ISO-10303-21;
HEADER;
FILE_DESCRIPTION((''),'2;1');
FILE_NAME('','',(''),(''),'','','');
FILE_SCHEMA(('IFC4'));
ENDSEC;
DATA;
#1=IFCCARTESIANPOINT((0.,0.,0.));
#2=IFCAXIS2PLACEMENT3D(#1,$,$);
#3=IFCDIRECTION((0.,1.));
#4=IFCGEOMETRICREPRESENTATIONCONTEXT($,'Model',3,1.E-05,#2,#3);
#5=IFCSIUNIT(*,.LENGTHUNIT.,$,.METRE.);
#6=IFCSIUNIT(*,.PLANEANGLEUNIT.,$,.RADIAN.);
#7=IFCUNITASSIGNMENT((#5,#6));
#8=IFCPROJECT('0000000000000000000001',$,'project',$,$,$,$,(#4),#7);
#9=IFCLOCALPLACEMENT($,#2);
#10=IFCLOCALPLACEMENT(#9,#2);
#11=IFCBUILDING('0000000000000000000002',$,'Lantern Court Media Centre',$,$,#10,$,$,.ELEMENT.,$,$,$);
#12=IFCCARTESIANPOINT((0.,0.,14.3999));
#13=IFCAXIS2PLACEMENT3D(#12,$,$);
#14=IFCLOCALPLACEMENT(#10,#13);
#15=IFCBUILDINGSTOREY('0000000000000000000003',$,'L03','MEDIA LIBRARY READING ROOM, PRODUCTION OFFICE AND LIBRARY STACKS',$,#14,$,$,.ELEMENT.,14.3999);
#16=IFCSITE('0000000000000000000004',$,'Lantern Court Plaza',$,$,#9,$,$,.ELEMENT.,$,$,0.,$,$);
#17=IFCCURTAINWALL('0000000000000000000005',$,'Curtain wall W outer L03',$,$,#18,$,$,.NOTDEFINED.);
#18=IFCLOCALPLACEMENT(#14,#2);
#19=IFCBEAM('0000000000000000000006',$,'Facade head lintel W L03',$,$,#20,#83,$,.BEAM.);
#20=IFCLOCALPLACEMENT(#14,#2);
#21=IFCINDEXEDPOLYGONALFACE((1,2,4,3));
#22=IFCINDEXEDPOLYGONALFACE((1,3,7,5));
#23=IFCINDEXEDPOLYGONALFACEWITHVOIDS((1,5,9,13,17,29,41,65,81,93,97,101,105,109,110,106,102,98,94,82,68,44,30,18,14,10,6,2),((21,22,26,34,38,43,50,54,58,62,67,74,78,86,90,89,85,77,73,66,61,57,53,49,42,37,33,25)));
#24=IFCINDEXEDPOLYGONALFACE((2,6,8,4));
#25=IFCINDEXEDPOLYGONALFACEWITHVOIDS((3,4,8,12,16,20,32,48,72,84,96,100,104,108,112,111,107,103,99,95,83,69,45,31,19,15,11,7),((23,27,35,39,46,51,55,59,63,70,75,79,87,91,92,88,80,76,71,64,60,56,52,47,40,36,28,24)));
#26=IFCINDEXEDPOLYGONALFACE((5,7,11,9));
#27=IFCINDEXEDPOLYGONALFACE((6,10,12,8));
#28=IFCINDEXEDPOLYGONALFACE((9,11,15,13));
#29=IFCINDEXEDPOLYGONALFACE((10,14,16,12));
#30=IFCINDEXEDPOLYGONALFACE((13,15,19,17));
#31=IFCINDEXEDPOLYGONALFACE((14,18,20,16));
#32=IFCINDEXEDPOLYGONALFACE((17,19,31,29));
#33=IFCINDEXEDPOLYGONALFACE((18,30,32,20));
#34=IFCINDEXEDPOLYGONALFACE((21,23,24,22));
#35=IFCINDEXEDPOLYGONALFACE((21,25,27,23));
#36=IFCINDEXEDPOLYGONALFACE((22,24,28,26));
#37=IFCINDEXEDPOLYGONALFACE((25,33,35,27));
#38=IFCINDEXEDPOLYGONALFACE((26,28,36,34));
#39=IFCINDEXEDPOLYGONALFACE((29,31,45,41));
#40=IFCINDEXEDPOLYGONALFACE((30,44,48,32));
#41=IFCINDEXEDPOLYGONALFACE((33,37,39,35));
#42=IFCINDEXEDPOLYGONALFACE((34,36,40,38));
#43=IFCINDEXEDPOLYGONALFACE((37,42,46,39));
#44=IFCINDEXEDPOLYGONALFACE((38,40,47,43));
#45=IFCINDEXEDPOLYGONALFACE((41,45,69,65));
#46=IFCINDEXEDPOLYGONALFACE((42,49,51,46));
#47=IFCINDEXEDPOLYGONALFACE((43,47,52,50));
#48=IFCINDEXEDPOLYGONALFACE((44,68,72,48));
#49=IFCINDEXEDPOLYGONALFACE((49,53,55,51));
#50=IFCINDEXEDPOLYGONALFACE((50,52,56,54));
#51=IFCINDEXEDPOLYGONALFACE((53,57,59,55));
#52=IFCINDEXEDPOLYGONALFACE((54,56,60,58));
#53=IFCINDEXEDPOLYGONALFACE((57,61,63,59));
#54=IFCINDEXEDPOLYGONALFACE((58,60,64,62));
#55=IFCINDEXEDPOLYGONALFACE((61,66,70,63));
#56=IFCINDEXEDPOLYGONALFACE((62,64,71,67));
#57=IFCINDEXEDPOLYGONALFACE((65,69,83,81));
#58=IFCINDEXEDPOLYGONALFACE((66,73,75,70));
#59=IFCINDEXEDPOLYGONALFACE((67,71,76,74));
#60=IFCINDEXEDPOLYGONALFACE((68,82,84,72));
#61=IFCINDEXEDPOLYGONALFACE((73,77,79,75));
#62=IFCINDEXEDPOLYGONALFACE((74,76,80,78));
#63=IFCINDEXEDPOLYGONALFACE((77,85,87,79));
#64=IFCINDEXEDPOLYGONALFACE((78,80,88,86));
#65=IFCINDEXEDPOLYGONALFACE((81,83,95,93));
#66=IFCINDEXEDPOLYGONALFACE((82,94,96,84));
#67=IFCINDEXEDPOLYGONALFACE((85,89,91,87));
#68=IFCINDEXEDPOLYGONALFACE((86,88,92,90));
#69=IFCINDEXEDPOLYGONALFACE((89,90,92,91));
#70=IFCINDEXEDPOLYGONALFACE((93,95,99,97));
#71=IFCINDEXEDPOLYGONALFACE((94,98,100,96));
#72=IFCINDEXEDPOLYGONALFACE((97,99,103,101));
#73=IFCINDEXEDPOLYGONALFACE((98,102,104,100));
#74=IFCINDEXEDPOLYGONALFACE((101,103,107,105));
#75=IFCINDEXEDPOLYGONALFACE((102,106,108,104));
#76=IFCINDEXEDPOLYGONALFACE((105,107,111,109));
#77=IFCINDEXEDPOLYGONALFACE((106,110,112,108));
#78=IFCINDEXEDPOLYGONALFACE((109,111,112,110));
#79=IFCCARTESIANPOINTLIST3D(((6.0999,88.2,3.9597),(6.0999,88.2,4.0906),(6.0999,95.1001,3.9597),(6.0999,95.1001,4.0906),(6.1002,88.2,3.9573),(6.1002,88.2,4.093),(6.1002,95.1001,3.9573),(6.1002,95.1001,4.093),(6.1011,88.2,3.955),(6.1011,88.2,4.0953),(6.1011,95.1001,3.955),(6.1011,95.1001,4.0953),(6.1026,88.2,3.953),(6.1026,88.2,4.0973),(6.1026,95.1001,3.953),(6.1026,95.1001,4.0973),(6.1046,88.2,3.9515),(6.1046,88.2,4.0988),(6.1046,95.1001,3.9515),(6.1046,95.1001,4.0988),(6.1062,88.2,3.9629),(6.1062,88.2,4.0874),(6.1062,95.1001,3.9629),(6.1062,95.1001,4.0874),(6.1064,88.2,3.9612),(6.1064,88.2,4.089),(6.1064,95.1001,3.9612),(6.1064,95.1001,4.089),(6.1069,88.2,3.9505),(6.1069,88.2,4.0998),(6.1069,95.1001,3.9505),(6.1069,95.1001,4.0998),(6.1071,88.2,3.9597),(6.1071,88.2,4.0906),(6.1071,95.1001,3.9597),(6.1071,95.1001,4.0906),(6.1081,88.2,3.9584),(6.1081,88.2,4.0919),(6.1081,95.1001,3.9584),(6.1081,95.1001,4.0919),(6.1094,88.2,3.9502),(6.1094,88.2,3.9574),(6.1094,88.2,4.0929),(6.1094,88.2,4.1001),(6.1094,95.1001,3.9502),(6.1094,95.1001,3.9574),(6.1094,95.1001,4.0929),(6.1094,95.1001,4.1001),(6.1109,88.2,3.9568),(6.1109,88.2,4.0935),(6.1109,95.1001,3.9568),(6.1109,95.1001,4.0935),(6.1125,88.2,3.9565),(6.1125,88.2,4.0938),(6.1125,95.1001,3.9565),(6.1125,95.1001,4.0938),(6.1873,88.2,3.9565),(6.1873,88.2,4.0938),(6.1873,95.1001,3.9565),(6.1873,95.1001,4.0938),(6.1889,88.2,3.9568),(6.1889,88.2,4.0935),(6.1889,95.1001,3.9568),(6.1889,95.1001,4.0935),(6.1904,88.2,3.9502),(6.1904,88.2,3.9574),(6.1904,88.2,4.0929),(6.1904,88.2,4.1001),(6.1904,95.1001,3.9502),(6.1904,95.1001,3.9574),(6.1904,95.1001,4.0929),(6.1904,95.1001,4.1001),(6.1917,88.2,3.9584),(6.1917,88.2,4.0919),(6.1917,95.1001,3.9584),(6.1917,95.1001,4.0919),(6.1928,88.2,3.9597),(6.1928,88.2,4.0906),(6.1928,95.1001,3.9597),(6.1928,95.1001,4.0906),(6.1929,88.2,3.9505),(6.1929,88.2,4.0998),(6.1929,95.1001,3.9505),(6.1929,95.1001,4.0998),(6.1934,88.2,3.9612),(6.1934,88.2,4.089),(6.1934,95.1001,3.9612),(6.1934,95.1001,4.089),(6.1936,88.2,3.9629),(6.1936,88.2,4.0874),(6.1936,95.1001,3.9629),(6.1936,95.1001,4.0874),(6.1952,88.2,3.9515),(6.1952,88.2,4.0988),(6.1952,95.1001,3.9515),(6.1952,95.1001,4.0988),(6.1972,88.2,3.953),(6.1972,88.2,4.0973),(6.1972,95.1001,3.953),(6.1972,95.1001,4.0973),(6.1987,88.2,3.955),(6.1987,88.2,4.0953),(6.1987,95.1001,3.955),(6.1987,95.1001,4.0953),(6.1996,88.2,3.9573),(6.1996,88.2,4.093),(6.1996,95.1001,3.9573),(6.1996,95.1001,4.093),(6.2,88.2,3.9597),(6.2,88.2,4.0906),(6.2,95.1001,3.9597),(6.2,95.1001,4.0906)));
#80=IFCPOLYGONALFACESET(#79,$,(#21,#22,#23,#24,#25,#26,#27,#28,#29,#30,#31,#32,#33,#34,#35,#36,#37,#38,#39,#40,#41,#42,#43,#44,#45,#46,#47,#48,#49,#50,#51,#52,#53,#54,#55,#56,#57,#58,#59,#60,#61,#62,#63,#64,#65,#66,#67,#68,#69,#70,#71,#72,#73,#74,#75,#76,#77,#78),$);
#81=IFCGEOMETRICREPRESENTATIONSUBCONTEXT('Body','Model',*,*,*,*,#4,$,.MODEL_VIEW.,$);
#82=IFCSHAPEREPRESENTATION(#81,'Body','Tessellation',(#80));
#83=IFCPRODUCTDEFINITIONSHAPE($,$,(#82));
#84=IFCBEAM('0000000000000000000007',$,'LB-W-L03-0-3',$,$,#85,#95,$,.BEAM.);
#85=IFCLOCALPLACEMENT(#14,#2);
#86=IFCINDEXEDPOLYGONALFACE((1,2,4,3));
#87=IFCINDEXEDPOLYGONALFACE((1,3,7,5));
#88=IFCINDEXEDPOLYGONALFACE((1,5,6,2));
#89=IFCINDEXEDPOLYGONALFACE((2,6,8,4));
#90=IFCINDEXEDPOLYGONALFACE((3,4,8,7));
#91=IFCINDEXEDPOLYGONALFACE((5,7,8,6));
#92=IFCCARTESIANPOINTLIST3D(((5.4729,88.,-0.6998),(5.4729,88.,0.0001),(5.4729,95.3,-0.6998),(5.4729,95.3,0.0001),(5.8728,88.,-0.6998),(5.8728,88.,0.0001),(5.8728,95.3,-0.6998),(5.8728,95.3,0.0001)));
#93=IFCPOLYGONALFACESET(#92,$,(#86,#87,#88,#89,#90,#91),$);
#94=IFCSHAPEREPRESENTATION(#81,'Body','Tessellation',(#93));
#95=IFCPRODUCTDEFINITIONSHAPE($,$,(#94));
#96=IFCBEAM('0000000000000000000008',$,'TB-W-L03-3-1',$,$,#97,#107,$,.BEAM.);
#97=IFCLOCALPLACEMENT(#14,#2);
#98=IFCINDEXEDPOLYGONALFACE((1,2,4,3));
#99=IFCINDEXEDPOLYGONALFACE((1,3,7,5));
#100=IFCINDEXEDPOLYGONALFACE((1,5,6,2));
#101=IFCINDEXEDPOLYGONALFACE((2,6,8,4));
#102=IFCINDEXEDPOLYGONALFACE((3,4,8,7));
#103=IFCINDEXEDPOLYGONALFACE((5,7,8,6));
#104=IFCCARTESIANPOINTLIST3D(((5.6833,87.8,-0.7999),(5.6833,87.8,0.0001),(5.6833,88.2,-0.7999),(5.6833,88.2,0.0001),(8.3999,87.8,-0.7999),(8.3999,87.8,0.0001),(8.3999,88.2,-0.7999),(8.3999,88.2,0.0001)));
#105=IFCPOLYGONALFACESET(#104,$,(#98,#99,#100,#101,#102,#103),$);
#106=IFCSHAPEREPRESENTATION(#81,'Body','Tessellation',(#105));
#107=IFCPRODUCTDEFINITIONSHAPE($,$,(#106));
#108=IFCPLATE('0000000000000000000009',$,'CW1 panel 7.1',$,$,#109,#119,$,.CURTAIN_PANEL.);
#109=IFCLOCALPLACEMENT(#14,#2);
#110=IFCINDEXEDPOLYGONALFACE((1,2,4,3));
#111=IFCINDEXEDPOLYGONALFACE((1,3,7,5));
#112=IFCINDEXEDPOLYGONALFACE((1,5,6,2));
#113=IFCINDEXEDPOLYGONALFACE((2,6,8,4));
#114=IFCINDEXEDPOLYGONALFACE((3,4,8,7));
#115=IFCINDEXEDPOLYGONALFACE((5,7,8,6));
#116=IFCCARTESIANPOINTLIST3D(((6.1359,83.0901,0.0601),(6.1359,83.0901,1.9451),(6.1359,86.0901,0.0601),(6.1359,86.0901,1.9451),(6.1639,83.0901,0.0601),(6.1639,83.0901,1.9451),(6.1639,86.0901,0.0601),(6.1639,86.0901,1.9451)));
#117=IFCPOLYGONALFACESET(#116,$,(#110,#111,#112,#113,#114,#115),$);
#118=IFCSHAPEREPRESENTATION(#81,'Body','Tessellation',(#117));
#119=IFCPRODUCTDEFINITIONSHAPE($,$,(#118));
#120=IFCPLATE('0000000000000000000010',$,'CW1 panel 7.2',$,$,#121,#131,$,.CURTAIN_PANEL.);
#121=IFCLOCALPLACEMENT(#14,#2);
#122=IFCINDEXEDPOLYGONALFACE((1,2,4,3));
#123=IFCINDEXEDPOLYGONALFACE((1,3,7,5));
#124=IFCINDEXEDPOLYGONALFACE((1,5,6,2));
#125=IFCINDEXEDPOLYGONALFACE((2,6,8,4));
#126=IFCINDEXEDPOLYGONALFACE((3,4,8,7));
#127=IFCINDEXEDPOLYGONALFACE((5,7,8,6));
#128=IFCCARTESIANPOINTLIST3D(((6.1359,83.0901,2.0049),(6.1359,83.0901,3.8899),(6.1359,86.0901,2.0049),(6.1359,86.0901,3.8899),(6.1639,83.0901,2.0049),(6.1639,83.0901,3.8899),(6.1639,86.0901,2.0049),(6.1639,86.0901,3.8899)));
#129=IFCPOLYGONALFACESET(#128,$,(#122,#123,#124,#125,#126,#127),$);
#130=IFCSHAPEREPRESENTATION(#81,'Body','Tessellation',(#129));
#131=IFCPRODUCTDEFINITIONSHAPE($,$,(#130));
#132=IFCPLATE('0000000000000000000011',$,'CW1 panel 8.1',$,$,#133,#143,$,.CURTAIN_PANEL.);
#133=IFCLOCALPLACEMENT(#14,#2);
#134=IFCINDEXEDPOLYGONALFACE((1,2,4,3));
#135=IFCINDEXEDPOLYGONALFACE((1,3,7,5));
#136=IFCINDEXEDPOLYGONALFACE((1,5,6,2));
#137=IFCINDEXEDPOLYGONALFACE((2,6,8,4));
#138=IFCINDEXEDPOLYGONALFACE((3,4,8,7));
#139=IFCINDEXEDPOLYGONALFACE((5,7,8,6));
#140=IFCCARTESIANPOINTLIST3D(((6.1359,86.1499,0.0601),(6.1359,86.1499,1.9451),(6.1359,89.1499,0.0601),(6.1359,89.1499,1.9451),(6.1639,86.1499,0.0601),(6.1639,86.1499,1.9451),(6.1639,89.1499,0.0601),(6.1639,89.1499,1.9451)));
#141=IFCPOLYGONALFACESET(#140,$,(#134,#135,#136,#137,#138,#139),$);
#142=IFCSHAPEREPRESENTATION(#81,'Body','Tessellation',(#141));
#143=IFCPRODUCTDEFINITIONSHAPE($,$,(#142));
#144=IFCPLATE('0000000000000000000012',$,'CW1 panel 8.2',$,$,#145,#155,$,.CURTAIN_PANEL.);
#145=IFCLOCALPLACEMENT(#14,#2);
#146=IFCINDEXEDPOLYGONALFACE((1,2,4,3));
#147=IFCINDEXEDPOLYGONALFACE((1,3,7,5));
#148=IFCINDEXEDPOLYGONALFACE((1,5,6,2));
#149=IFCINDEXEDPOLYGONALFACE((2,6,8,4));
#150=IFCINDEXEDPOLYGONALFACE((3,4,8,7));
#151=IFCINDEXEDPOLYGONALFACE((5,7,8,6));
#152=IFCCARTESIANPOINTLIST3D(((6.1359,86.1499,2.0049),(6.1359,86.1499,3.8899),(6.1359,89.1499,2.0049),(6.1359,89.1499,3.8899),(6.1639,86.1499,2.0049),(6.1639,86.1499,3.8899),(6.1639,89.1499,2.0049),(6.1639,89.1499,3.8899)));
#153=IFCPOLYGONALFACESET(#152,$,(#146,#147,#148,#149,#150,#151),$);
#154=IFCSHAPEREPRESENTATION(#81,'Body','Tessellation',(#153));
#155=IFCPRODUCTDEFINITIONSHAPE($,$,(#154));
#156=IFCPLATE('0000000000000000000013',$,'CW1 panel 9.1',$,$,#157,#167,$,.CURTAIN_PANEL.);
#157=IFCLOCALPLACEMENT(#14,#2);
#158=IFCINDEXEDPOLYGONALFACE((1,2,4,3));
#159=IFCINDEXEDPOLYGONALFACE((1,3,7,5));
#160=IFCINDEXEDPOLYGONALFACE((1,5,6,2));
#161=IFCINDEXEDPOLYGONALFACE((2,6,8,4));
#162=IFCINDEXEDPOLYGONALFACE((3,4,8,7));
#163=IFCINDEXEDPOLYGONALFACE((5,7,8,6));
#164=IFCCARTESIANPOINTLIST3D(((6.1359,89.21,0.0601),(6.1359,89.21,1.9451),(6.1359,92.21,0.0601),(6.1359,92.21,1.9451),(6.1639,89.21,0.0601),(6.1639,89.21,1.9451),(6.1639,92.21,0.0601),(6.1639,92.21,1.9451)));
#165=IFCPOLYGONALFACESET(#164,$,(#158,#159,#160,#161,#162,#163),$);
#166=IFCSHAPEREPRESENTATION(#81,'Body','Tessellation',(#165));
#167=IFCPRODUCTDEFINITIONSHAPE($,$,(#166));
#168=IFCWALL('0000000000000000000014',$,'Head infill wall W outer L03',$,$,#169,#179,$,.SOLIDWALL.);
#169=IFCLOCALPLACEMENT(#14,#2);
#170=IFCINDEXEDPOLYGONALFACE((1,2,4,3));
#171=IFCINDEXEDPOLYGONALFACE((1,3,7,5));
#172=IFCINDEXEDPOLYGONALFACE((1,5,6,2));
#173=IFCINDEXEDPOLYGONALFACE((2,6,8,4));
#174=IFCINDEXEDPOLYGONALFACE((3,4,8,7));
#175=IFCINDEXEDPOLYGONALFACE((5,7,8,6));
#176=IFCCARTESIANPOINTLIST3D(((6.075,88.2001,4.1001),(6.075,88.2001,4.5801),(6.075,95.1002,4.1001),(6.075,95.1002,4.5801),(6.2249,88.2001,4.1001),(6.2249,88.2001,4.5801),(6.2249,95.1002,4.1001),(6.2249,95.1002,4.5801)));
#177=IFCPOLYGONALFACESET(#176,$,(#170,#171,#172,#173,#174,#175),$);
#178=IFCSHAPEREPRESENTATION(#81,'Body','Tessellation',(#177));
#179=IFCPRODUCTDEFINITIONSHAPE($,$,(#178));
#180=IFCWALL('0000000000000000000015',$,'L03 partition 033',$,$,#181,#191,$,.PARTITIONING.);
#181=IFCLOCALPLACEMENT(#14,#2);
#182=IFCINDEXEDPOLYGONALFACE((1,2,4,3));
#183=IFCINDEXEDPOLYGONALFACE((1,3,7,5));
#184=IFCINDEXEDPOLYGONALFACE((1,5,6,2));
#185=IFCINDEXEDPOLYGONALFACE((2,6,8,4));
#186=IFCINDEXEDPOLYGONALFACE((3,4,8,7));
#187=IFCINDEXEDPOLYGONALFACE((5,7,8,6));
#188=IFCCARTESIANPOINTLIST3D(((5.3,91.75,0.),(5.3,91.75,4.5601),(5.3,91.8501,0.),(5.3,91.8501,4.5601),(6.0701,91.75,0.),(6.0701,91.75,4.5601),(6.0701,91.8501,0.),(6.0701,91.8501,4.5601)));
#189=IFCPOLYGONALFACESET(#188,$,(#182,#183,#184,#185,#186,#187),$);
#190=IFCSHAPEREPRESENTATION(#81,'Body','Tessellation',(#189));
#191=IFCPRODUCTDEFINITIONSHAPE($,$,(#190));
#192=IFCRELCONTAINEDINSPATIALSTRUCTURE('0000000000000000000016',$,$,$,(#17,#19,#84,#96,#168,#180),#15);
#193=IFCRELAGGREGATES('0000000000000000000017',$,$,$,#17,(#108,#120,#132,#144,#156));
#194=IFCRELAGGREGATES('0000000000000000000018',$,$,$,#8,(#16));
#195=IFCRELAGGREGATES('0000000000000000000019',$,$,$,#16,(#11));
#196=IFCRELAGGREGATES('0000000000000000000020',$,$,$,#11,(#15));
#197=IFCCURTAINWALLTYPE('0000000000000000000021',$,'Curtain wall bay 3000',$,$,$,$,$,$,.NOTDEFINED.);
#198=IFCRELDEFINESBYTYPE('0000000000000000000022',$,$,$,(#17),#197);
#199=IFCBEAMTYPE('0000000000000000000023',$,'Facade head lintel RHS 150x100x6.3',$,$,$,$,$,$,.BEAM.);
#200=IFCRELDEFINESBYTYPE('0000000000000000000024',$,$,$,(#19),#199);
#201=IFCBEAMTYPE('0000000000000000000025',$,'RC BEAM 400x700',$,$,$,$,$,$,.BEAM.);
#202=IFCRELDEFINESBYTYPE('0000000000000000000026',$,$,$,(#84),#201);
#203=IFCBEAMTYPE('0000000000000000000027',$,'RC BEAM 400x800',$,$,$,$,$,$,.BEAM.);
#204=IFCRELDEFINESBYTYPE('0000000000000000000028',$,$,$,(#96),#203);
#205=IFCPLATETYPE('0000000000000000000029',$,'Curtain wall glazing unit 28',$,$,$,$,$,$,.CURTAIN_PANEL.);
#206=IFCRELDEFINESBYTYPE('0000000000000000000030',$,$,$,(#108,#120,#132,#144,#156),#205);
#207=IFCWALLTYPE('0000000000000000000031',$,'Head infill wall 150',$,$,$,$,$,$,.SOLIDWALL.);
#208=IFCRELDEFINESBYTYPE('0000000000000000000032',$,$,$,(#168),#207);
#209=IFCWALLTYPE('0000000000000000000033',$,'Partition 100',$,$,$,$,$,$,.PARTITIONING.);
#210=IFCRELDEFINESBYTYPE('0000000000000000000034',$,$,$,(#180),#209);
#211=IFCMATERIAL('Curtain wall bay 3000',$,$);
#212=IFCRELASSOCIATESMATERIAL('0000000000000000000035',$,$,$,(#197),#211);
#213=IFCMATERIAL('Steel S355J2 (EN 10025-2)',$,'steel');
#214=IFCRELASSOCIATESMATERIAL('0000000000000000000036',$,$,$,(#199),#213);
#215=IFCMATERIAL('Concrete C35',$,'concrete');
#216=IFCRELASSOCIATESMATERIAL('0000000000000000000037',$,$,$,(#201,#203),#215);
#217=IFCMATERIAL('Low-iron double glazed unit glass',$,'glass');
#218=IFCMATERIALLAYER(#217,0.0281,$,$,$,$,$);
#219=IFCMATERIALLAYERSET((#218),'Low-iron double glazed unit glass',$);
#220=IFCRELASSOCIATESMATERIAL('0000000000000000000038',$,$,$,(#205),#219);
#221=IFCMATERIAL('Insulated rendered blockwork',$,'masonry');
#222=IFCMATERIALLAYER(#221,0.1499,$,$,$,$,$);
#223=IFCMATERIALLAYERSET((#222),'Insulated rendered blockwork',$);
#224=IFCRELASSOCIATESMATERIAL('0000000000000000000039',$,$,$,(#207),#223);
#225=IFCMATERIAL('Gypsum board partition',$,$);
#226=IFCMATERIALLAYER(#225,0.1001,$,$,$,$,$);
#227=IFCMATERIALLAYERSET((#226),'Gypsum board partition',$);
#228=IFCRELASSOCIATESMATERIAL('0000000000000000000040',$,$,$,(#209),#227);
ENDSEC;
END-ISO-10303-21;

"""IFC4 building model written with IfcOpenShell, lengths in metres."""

from ifc_helpers import new_model, si_unit, direction, frame, frame_2d, origin, origin_2d, place, context, subcontext, project, spatial, rectangle, hollow_rectangle, extrude, material, layer, layer_set, material_profile, profile_set, type_object, element, aggregate, save


model = new_model("IFC4")

# Units and contexts
model_context = context("Model", 3, precision=1e-05, world=origin(), true_north=direction((0.0, 1.0)))
body_context = subcontext(model_context, "Body", "Model", "MODEL_VIEW")
ifc_project = project(units=[si_unit("LENGTHUNIT", "METRE"), si_unit("PLANEANGLEUNIT", "RADIAN")], contexts=[model_context])

# Site, building, storey
site_placement = place(None, origin())
site = spatial("IfcSite", under=ifc_project, at=site_placement, Name="Lantern Court Plaza", CompositionType="ELEMENT", RefElevation=0.0)
building_placement = place(site_placement, origin())
building = spatial("IfcBuilding", under=site, at=building_placement, Name="Lantern Court Media Centre", CompositionType="ELEMENT")
storey_placement = place(building_placement, frame((0.0, 0.0, 14.3999)))
storey = spatial("IfcBuildingStorey", under=building, at=storey_placement, Name="L03", Description="MEDIA LIBRARY READING ROOM, PRODUCTION OFFICE AND LIBRARY STACKS", CompositionType="ELEMENT", Elevation=14.3999)

# Shared definitions
ifc_material_1 = material(Name="Concrete C35", Category="concrete")

# Curtain wall
ifc_material_2 = material(Name="Curtain wall bay 3000")
curtain_wall_type = type_object("IfcCurtainWallType", Name="Curtain wall bay 3000", PredefinedType="NOTDEFINED", material=ifc_material_2)
curtain_wall_placement = place(storey_placement, origin())
curtain_wall = element("IfcCurtainWall", 1, at=curtain_wall_placement, inside=storey, type_object=curtain_wall_type, Name="Curtain wall W outer L03", PredefinedType="NOTDEFINED")

# Beams
ifc_material_3 = material(Name="Steel S355J2 (EN 10025-2)", Category="steel")
ifc_material_profile_1 = material_profile(ifc_material_3, hollow_rectangle(XDim=0.1001, YDim=0.1499, WallThickness=0.0063, InnerFilletRadius=0.0063, OuterFilletRadius=0.0095, at=origin_2d()), Name="Facade head lintel RHS 150x100x6.3")
ifc_profile_set_1 = profile_set([ifc_material_profile_1], Name="Steel S355J2 (EN 10025-2)")
beam_type_1 = type_object("IfcBeamType", Name="Facade head lintel RHS 150x100x6.3", PredefinedType="BEAM", material=ifc_profile_set_1)
beam_1_placement = place(storey_placement, frame((6.1499, 88.2, 4.0251), z_axis=(0.0, 1.0, 0.0), x_axis=(-1.0, 0.0, 0.0)))
element("IfcBeam", 2, at=beam_1_placement, inside=storey, type_object=beam_type_1, Name="Facade head lintel W L03", PredefinedType="BEAM", context=body_context, shape_type="SweptSolid", body=[
    extrude(hollow_rectangle(XDim=0.1001, YDim=0.1499, WallThickness=0.0063, InnerFilletRadius=0.0063, OuterFilletRadius=0.0095, at=origin_2d()), origin(), (0.0, 0.0, 1.0), 6.9001),
])
ifc_material_profile_2 = material_profile(ifc_material_1, rectangle(XDim=0.3999, YDim=0.7, at=origin_2d()), Name="RC 400x700")
ifc_profile_set_2 = profile_set([ifc_material_profile_2], Name="Concrete C35")
beam_type_2 = type_object("IfcBeamType", Name="RC BEAM 400x700", PredefinedType="BEAM", material=ifc_profile_set_2)
beam_2_placement = place(storey_placement, frame((5.6729, 88.0, -0.3499), z_axis=(0.0, 1.0, 0.0), x_axis=(-1.0, 0.0, 0.0)))
element("IfcBeam", 3, at=beam_2_placement, inside=storey, type_object=beam_type_2, Name="LB-W-L03-0-3", PredefinedType="BEAM", context=body_context, shape_type="SweptSolid", body=[
    extrude(rectangle(XDim=0.3999, YDim=0.7, at=origin_2d()), origin(), (0.0, 0.0, 1.0), 7.3),
])
ifc_material_profile_3 = material_profile(ifc_material_1, rectangle(XDim=0.3999, YDim=0.8, at=origin_2d()), Name="RC 400x800")
ifc_profile_set_3 = profile_set([ifc_material_profile_3], Name="Concrete C35")
beam_type_3 = type_object("IfcBeamType", Name="RC BEAM 400x800", PredefinedType="BEAM", material=ifc_profile_set_3)
beam_3_placement = place(storey_placement, frame((5.6833, 88.0, -0.3999), z_axis=(1.0, 0.0, 0.0), x_axis=(0.0, 1.0, 0.0)))
element("IfcBeam", 4, at=beam_3_placement, inside=storey, type_object=beam_type_3, Name="TB-W-L03-3-1", PredefinedType="BEAM", context=body_context, shape_type="SweptSolid", body=[
    extrude(rectangle(XDim=0.3999, YDim=0.8, at=origin_2d()), origin(), (0.0, 0.0, 1.0), 2.7166),
])

# Plates
ifc_material_4 = material(Name="Low-iron double glazed unit glass", Category="glass")
ifc_layer_1 = layer(ifc_material_4, 0.0281)
ifc_layer_set_1 = layer_set([ifc_layer_1], Name="Low-iron double glazed unit glass")
plate_type = type_object("IfcPlateType", Name="Curtain wall glazing unit 28", PredefinedType="CURTAIN_PANEL", material=ifc_layer_set_1)
plate_1_placement = place(storey_placement, frame((6.1499, 84.5901, 0.0601), z_axis=(0.0, 0.0, 1.0), x_axis=(0.0, 1.0, 0.0)))
plate_1 = element("IfcPlate", 5, at=plate_1_placement, type_object=plate_type, Name="CW1 panel 7.1", PredefinedType="CURTAIN_PANEL", context=body_context, shape_type="SweptSolid", body=[
    extrude(rectangle(XDim=3.0, YDim=0.0281, at=origin_2d()), origin(), (0.0, 0.0, 1.0), 1.885),
])
plate_2_placement = place(storey_placement, frame((6.1499, 84.5901, 2.0049), z_axis=(0.0, 0.0, 1.0), x_axis=(0.0, 1.0, 0.0)))
plate_2 = element("IfcPlate", 6, at=plate_2_placement, type_object=plate_type, Name="CW1 panel 7.2", PredefinedType="CURTAIN_PANEL", context=body_context, shape_type="SweptSolid", body=[
    extrude(rectangle(XDim=3.0, YDim=0.0281, at=origin_2d()), origin(), (0.0, 0.0, 1.0), 1.885),
])
plate_3_placement = place(storey_placement, frame((6.1499, 87.6499, 0.0601), z_axis=(0.0, 0.0, 1.0), x_axis=(0.0, 1.0, 0.0)))
plate_3 = element("IfcPlate", 7, at=plate_3_placement, type_object=plate_type, Name="CW1 panel 8.1", PredefinedType="CURTAIN_PANEL", context=body_context, shape_type="SweptSolid", body=[
    extrude(rectangle(XDim=3.0, YDim=0.0281, at=origin_2d()), origin(), (0.0, 0.0, 1.0), 1.885),
])
plate_4_placement = place(storey_placement, frame((6.1499, 87.6499, 2.0049), z_axis=(0.0, 0.0, 1.0), x_axis=(0.0, 1.0, 0.0)))
plate_4 = element("IfcPlate", 8, at=plate_4_placement, type_object=plate_type, Name="CW1 panel 8.2", PredefinedType="CURTAIN_PANEL", context=body_context, shape_type="SweptSolid", body=[
    extrude(rectangle(XDim=3.0, YDim=0.0281, at=origin_2d()), origin(), (0.0, 0.0, 1.0), 1.885),
])
plate_5_placement = place(storey_placement, frame((6.1499, 90.71, 0.0601), z_axis=(0.0, 0.0, 1.0), x_axis=(0.0, 1.0, 0.0)))
plate_5 = element("IfcPlate", 9, at=plate_5_placement, type_object=plate_type, Name="CW1 panel 9.1", PredefinedType="CURTAIN_PANEL", context=body_context, shape_type="SweptSolid", body=[
    extrude(rectangle(XDim=3.0, YDim=0.0281, at=origin_2d()), origin(), (0.0, 0.0, 1.0), 1.885),
])
aggregate(curtain_wall, [plate_1, plate_2, plate_3, plate_4, plate_5])

# Walls
ifc_material_5 = material(Name="Insulated rendered blockwork", Category="masonry")
ifc_layer_2 = layer(ifc_material_5, 0.1499)
ifc_layer_set_2 = layer_set([ifc_layer_2], Name="Insulated rendered blockwork")
wall_type_1 = type_object("IfcWallType", Name="Head infill wall 150", PredefinedType="SOLIDWALL", material=ifc_layer_set_2)
wall_1_placement = place(storey_placement, frame((6.1499, 88.2, 4.1001), z_axis=(0.0, 0.0, 1.0), x_axis=(0.0, 1.0, 0.0)))
element("IfcWall", 10, at=wall_1_placement, inside=storey, type_object=wall_type_1, Name="Head infill wall W outer L03", PredefinedType="SOLIDWALL", context=body_context, shape_type="SweptSolid", body=[
    extrude(rectangle(XDim=6.9001, YDim=0.1499, at=frame_2d((3.4502, 0.0))), origin(), (0.0, 0.0, 1.0), 0.48),
])
ifc_material_6 = material(Name="Gypsum board partition")
ifc_layer_3 = layer(ifc_material_6, 0.1001)
ifc_layer_set_3 = layer_set([ifc_layer_3], Name="Gypsum board partition")
wall_type_2 = type_object("IfcWallType", Name="Partition 100", PredefinedType="PARTITIONING", material=ifc_layer_set_3)
wall_2_placement = place(storey_placement, frame((5.3, 91.8, 0.0), z_axis=(0.0, 0.0, 1.0), x_axis=(1.0, 0.0, 0.0)))
element("IfcWall", 11, at=wall_2_placement, inside=storey, type_object=wall_type_2, Name="L03 partition 033", PredefinedType="PARTITIONING", context=body_context, shape_type="SweptSolid", body=[
    extrude(rectangle(XDim=0.77, YDim=0.1001, at=frame_2d((0.385, 0.0))), origin(), (0.0, 0.0, 1.0), 4.5601),
])

save(model, "model.ifc")
